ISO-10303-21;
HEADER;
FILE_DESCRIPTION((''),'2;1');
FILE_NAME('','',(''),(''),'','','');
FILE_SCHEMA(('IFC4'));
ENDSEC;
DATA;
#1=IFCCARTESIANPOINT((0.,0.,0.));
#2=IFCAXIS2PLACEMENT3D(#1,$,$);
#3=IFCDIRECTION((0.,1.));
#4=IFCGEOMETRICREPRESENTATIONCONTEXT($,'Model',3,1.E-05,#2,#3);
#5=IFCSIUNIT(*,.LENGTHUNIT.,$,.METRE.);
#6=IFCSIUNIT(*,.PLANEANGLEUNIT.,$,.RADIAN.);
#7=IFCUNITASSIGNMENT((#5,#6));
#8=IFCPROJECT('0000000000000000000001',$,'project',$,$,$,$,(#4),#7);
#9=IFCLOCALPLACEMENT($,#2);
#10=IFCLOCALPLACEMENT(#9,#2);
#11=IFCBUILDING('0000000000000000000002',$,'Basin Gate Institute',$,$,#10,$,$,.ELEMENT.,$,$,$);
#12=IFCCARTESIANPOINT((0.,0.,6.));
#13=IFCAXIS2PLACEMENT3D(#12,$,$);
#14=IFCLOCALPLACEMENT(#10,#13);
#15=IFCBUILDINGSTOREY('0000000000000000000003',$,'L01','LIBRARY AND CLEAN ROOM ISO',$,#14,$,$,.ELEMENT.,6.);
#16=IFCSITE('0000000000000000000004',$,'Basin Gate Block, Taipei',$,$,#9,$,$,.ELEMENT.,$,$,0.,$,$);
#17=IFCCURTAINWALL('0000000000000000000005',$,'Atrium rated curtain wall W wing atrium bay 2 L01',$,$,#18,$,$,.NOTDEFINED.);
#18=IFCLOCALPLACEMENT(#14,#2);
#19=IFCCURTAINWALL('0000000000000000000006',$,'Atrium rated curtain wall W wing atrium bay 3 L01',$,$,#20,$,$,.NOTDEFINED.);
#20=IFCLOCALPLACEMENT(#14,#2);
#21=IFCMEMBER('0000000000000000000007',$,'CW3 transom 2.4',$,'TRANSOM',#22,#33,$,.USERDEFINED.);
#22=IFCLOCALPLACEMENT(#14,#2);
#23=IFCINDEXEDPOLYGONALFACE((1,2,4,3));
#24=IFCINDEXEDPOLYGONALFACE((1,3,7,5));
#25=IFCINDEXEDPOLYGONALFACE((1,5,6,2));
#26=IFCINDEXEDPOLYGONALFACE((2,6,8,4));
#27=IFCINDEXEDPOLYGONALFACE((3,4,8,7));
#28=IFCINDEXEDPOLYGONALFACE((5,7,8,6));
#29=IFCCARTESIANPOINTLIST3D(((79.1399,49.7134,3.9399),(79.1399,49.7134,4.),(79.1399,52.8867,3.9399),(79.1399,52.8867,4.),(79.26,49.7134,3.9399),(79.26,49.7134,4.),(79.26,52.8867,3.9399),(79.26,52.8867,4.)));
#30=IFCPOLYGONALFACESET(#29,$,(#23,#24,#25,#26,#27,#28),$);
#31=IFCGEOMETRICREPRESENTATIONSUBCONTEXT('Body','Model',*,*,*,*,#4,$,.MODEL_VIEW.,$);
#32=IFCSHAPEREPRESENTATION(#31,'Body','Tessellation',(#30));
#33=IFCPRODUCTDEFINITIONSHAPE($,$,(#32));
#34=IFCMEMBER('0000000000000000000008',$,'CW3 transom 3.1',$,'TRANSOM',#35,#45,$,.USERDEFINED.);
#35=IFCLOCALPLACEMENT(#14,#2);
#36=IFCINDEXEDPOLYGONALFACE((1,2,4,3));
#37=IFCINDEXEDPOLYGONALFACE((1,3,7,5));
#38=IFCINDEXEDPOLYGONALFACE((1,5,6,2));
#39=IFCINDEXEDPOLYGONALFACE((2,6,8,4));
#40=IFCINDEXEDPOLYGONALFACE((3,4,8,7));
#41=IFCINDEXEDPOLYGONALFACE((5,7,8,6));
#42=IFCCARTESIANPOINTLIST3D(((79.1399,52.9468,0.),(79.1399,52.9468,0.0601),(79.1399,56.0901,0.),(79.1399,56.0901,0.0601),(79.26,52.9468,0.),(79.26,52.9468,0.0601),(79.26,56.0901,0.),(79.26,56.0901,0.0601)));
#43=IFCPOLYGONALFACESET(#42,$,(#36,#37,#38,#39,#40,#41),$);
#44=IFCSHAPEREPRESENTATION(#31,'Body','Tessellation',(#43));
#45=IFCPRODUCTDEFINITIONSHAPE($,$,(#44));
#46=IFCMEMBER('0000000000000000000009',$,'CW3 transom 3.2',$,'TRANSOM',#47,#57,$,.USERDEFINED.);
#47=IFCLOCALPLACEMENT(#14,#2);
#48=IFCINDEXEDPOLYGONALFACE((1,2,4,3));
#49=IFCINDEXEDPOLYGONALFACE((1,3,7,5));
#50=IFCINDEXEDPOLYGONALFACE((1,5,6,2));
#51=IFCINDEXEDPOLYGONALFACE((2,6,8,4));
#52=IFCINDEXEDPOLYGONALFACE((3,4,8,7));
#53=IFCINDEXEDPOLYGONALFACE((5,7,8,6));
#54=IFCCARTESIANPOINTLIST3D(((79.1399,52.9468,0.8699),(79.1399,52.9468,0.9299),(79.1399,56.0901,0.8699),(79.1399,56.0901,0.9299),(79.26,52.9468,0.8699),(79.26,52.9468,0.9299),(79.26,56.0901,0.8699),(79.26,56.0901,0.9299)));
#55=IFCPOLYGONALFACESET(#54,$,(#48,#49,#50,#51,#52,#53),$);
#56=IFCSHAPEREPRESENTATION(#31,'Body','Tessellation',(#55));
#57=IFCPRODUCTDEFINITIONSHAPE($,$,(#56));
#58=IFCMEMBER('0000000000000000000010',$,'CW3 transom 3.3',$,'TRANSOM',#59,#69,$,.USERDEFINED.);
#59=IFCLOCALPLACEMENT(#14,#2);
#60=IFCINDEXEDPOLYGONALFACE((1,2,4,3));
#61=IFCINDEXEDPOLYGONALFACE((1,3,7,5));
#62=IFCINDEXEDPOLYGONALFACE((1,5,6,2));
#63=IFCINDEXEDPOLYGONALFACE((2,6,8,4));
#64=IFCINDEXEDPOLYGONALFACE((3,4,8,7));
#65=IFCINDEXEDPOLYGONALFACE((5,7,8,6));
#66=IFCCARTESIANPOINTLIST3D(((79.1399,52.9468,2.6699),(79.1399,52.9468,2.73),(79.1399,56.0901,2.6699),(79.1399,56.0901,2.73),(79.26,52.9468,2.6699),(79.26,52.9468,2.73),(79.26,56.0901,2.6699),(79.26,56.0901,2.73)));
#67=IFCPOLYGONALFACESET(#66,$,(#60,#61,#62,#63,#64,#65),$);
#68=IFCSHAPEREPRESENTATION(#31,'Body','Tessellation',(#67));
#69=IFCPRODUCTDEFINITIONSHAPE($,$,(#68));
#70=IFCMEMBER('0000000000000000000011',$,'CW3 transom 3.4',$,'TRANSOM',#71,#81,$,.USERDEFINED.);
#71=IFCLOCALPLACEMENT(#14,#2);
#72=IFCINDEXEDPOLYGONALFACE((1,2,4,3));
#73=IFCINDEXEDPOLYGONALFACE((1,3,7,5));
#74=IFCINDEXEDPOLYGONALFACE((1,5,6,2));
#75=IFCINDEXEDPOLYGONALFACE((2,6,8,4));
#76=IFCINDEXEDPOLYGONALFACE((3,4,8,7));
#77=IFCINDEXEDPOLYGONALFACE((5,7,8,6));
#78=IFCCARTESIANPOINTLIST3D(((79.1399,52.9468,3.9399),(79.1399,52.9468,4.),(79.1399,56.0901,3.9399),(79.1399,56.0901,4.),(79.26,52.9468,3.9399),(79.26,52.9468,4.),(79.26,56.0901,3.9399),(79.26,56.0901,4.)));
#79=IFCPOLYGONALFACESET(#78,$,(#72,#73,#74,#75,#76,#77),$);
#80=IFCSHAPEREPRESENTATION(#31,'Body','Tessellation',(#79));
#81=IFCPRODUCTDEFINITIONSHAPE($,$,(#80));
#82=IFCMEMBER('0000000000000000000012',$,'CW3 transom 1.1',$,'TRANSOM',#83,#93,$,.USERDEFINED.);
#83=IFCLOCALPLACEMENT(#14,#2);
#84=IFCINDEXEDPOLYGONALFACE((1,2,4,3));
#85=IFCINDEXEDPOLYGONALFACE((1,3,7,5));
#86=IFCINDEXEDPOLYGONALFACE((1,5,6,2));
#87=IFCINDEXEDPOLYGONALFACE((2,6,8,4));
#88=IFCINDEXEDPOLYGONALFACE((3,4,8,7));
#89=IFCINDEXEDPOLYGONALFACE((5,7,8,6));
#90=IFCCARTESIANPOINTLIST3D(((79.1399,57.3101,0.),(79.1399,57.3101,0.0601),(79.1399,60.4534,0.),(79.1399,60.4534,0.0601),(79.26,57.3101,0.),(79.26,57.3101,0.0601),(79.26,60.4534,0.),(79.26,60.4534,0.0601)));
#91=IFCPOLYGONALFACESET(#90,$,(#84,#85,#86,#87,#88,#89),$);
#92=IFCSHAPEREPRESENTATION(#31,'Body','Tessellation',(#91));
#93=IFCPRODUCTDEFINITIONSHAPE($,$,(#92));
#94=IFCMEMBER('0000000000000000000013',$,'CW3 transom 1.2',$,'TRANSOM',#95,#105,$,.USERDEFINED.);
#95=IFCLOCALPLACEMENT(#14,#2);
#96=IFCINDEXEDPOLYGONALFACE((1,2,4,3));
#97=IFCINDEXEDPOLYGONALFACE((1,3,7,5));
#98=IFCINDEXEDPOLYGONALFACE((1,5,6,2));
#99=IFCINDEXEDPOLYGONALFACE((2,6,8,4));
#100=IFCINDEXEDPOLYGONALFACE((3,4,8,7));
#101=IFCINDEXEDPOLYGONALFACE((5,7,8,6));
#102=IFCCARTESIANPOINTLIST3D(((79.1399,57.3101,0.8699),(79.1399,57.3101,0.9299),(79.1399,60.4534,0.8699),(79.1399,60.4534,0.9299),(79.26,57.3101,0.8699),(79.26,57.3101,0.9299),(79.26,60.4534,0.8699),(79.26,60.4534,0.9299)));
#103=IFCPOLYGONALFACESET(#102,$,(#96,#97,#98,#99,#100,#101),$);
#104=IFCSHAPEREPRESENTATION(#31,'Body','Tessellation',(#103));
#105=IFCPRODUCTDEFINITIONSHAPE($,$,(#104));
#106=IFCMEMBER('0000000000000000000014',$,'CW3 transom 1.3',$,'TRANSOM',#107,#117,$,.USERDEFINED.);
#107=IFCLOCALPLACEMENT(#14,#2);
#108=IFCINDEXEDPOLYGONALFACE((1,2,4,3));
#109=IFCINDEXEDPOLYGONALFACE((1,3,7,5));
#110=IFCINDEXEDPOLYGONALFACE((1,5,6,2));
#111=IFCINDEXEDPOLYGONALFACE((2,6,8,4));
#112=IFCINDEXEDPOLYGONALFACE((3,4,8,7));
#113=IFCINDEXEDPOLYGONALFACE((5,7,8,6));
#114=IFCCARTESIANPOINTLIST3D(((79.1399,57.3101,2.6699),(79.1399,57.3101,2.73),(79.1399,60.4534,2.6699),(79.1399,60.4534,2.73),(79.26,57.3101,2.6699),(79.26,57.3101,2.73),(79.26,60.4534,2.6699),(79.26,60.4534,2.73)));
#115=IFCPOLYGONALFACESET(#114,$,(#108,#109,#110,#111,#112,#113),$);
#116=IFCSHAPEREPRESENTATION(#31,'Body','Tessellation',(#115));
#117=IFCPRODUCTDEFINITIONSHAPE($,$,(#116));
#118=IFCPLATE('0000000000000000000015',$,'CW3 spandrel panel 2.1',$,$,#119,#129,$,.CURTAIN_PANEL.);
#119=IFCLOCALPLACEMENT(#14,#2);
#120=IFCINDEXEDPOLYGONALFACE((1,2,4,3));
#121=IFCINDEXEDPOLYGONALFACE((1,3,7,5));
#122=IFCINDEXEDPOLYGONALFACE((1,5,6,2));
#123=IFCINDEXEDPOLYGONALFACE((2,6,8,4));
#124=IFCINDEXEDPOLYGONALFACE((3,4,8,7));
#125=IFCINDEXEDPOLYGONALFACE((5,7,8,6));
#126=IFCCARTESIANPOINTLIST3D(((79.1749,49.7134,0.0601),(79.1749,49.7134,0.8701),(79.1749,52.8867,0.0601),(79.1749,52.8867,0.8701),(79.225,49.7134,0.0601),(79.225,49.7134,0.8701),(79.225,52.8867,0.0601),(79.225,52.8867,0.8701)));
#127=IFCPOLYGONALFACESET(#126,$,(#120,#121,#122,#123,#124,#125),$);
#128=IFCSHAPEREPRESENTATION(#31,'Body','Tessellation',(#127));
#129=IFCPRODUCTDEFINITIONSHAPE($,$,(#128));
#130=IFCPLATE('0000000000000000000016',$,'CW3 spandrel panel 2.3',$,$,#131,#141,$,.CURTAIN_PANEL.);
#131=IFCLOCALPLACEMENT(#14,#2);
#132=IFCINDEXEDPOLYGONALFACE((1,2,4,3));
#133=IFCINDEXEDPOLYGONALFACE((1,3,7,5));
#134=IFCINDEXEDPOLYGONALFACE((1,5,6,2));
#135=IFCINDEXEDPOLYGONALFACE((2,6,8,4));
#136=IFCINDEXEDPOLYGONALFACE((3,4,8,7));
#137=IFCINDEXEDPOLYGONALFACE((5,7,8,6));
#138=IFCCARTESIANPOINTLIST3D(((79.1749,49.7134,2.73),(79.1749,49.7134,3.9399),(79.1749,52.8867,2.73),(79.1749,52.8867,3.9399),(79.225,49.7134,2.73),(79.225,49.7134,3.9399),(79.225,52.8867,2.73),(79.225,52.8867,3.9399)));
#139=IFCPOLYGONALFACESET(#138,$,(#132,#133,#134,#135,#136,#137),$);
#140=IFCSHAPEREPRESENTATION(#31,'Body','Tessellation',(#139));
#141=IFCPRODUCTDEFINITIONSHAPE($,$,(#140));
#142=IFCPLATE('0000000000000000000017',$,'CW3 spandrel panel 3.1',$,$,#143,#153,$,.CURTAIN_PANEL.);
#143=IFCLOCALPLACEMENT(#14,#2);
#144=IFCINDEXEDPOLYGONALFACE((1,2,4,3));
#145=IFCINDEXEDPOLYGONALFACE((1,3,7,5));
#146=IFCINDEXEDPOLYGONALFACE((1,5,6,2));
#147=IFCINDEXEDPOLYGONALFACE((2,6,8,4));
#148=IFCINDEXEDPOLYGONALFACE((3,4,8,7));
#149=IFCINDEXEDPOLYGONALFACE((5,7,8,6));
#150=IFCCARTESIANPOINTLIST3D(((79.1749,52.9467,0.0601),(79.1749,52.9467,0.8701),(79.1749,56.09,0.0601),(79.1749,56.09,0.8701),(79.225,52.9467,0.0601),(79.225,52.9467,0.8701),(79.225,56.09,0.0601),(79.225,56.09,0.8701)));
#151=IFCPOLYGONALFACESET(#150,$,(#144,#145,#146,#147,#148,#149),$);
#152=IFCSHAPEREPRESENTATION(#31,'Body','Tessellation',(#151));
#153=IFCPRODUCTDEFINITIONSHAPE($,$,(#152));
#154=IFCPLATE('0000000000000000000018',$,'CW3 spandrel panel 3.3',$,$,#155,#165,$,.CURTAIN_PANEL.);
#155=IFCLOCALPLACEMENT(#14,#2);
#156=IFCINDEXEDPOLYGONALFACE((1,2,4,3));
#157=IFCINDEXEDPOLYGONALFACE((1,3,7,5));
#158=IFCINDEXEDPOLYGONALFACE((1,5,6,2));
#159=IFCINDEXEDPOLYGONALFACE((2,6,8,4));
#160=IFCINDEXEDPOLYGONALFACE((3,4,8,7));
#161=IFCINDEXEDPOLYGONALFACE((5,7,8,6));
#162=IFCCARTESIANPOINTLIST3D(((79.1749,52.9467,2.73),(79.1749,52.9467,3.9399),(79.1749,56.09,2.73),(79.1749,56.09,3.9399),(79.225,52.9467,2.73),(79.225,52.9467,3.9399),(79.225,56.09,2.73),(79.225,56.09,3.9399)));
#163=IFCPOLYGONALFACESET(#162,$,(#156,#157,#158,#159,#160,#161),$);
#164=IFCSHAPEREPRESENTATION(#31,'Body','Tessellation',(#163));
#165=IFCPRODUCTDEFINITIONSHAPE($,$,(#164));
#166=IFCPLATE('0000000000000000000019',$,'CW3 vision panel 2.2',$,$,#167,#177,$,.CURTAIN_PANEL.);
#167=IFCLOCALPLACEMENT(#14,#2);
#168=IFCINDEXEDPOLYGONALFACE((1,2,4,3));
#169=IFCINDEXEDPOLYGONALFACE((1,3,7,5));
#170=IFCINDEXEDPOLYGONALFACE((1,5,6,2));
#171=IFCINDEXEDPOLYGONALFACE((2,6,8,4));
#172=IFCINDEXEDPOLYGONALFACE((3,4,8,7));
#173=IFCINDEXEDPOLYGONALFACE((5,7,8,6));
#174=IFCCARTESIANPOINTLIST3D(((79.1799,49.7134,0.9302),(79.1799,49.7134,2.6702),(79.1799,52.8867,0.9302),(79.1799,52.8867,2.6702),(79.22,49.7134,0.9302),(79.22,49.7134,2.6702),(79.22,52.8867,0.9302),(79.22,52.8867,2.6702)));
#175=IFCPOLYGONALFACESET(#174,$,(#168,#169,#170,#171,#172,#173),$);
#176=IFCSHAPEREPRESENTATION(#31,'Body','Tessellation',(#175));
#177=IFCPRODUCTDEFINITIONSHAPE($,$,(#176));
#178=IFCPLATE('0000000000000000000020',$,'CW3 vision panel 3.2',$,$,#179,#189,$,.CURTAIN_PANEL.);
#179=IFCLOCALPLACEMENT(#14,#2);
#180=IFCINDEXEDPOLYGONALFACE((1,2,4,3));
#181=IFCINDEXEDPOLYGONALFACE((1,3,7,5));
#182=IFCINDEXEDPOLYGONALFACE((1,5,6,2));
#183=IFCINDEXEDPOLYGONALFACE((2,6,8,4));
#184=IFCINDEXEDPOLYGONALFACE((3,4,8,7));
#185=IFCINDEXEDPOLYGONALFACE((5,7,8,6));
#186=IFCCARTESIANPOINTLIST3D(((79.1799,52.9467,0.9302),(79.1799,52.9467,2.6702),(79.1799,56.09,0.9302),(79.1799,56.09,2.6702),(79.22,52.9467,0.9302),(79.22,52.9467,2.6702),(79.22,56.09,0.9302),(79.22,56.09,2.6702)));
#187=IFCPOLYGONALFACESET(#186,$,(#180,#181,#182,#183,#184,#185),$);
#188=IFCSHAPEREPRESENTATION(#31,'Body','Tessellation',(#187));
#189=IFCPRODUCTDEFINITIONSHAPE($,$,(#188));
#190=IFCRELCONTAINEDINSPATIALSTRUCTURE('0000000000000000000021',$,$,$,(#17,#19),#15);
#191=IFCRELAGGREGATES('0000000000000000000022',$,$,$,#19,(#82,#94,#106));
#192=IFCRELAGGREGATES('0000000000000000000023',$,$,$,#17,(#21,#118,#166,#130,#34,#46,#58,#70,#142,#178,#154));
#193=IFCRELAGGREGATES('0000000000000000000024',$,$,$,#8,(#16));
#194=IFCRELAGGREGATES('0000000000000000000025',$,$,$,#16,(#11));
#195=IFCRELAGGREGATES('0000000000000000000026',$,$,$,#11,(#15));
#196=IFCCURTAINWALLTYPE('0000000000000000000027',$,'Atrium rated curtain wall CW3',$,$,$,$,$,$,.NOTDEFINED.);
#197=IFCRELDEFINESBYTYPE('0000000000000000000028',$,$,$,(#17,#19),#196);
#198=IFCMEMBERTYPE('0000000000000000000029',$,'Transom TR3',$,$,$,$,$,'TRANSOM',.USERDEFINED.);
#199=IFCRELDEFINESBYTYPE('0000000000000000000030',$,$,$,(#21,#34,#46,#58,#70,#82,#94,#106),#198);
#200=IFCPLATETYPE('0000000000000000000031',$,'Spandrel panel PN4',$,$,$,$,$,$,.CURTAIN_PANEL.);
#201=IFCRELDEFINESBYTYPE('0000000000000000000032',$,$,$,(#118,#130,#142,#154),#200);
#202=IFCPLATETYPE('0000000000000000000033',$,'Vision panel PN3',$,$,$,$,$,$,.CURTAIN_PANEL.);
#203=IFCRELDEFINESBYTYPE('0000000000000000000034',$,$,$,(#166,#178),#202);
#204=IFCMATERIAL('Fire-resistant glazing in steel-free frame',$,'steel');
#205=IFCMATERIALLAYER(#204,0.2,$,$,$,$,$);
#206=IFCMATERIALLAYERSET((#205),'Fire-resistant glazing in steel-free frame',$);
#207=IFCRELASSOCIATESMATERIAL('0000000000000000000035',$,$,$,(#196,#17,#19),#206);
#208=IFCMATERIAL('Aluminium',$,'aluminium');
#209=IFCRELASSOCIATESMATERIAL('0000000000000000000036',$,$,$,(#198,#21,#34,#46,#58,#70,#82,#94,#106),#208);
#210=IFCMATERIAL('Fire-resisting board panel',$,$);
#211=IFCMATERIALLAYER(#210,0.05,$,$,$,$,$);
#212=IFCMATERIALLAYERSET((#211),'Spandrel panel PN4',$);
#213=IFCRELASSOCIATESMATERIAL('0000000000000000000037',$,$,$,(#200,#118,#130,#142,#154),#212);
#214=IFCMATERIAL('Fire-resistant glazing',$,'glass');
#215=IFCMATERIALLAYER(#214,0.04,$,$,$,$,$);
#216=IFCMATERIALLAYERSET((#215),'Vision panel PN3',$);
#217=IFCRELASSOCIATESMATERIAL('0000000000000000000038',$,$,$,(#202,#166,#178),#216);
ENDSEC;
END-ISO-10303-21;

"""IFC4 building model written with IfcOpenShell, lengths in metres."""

from ifc_helpers import new_model, si_unit, direction, frame, origin, origin_2d, place, context, subcontext, project, spatial, rectangle, extrude, material, layer, layer_set, material_profile, profile_set, type_object, element, aggregate, save


model = new_model("IFC4")

# Units and contexts
model_context = context("Model", 3, precision=1e-05, world=origin(), true_north=direction((0.0, 1.0)))
body_context = subcontext(model_context, "Body", "Model", "MODEL_VIEW")
ifc_project = project(units=[si_unit("LENGTHUNIT", "METRE"), si_unit("PLANEANGLEUNIT", "RADIAN")], contexts=[model_context])

# Site, building, storey
site_placement = place(None, origin())
site = spatial("IfcSite", under=ifc_project, at=site_placement, Name="Basin Gate Block, Taipei", CompositionType="ELEMENT", RefElevation=0.0)
building_placement = place(site_placement, origin())
building = spatial("IfcBuilding", under=site, at=building_placement, Name="Basin Gate Institute", CompositionType="ELEMENT")
storey_placement = place(building_placement, frame((0.0, 0.0, 6.0)))
storey = spatial("IfcBuildingStorey", under=building, at=storey_placement, Name="L01", Description="LIBRARY AND CLEAN ROOM ISO", CompositionType="ELEMENT", Elevation=6.0)

# Curtain wall
ifc_material_1 = material(Name="Fire-resistant glazing in steel-free frame", Category="steel")
ifc_layer_1 = layer(ifc_material_1, 0.2)
ifc_layer_set_1 = layer_set([ifc_layer_1], Name="Fire-resistant glazing in steel-free frame")
curtain_wall_type = type_object("IfcCurtainWallType", Name="Atrium rated curtain wall CW3", PredefinedType="NOTDEFINED", material=ifc_layer_set_1)
curtain_wall_1_placement = place(storey_placement, origin())
curtain_wall_1 = element("IfcCurtainWall", 1, at=curtain_wall_1_placement, inside=storey, type_object=curtain_wall_type, material=ifc_layer_set_1, Name="Atrium rated curtain wall W wing atrium bay 2 L01", PredefinedType="NOTDEFINED")

# Curtain wall
curtain_wall_2_placement = place(storey_placement, origin())
curtain_wall_2 = element("IfcCurtainWall", 2, at=curtain_wall_2_placement, inside=storey, type_object=curtain_wall_type, material=ifc_layer_set_1, Name="Atrium rated curtain wall W wing atrium bay 3 L01", PredefinedType="NOTDEFINED")

# Members
ifc_material_2 = material(Name="Aluminium", Category="aluminium")
ifc_material_profile_1 = material_profile(ifc_material_2, rectangle(XDim=0.1201, YDim=0.0601, at=origin_2d()), Name="Transom TR3 120 x 60")
ifc_profile_set_1 = profile_set([ifc_material_profile_1], Name="Aluminium")
member_type_1 = type_object("IfcMemberType", Name="Transom TR3", ElementType="TRANSOM", PredefinedType="USERDEFINED", material=ifc_profile_set_1)
member_1_placement = place(storey_placement, frame((79.2, 49.7134, 3.97), z_axis=(0.0, 1.0, 0.0), x_axis=(-1.0, 0.0, 0.0)))
member_1 = element("IfcMember", 3, at=member_1_placement, type_object=member_type_1, material=ifc_profile_set_1, Name="CW3 transom 2.4", ObjectType="TRANSOM", PredefinedType="USERDEFINED", context=body_context, shape_type="SweptSolid", body=[
    extrude(rectangle(XDim=0.1201, YDim=0.0601, at=origin_2d()), origin(), (0.0, 0.0, 1.0), 3.1733),
])
member_2_placement = place(storey_placement, frame((79.2, 52.9468, 0.03), z_axis=(0.0, 1.0, 0.0), x_axis=(-1.0, 0.0, 0.0)))
member_2 = element("IfcMember", 4, at=member_2_placement, type_object=member_type_1, material=ifc_profile_set_1, Name="CW3 transom 3.1", ObjectType="TRANSOM", PredefinedType="USERDEFINED", context=body_context, shape_type="SweptSolid", body=[
    extrude(rectangle(XDim=0.1201, YDim=0.0601, at=origin_2d()), origin(), (0.0, 0.0, 1.0), 3.1433),
])
member_3_placement = place(storey_placement, frame((79.2, 52.9468, 0.8999), z_axis=(0.0, 1.0, 0.0), x_axis=(-1.0, 0.0, 0.0)))
member_3 = element("IfcMember", 5, at=member_3_placement, type_object=member_type_1, material=ifc_profile_set_1, Name="CW3 transom 3.2", ObjectType="TRANSOM", PredefinedType="USERDEFINED", context=body_context, shape_type="SweptSolid", body=[
    extrude(rectangle(XDim=0.1201, YDim=0.0601, at=origin_2d()), origin(), (0.0, 0.0, 1.0), 3.1433),
])
member_4_placement = place(storey_placement, frame((79.2, 52.9468, 2.7), z_axis=(0.0, 1.0, 0.0), x_axis=(-1.0, 0.0, 0.0)))
member_4 = element("IfcMember", 6, at=member_4_placement, type_object=member_type_1, material=ifc_profile_set_1, Name="CW3 transom 3.3", ObjectType="TRANSOM", PredefinedType="USERDEFINED", context=body_context, shape_type="SweptSolid", body=[
    extrude(rectangle(XDim=0.1201, YDim=0.0601, at=origin_2d()), origin(), (0.0, 0.0, 1.0), 3.1433),
])
member_5_placement = place(storey_placement, frame((79.2, 52.9468, 3.97), z_axis=(0.0, 1.0, 0.0), x_axis=(-1.0, 0.0, 0.0)))
member_5 = element("IfcMember", 7, at=member_5_placement, type_object=member_type_1, material=ifc_profile_set_1, Name="CW3 transom 3.4", ObjectType="TRANSOM", PredefinedType="USERDEFINED", context=body_context, shape_type="SweptSolid", body=[
    extrude(rectangle(XDim=0.1201, YDim=0.0601, at=origin_2d()), origin(), (0.0, 0.0, 1.0), 3.1433),
])
member_6_placement = place(storey_placement, frame((79.2, 57.3101, 0.03), z_axis=(0.0, 1.0, 0.0), x_axis=(-1.0, 0.0, 0.0)))
member_6 = element("IfcMember", 8, at=member_6_placement, type_object=member_type_1, material=ifc_profile_set_1, Name="CW3 transom 1.1", ObjectType="TRANSOM", PredefinedType="USERDEFINED", context=body_context, shape_type="SweptSolid", body=[
    extrude(rectangle(XDim=0.1201, YDim=0.0601, at=origin_2d()), origin(), (0.0, 0.0, 1.0), 3.1433),
])
member_7_placement = place(storey_placement, frame((79.2, 57.3101, 0.8999), z_axis=(0.0, 1.0, 0.0), x_axis=(-1.0, 0.0, 0.0)))
member_7 = element("IfcMember", 9, at=member_7_placement, type_object=member_type_1, material=ifc_profile_set_1, Name="CW3 transom 1.2", ObjectType="TRANSOM", PredefinedType="USERDEFINED", context=body_context, shape_type="SweptSolid", body=[
    extrude(rectangle(XDim=0.1201, YDim=0.0601, at=origin_2d()), origin(), (0.0, 0.0, 1.0), 3.1433),
])
member_8_placement = place(storey_placement, frame((79.2, 57.3101, 2.7), z_axis=(0.0, 1.0, 0.0), x_axis=(-1.0, 0.0, 0.0)))
member_8 = element("IfcMember", 10, at=member_8_placement, type_object=member_type_1, material=ifc_profile_set_1, Name="CW3 transom 1.3", ObjectType="TRANSOM", PredefinedType="USERDEFINED", context=body_context, shape_type="SweptSolid", body=[
    extrude(rectangle(XDim=0.1201, YDim=0.0601, at=origin_2d()), origin(), (0.0, 0.0, 1.0), 3.1433),
])
aggregate(curtain_wall_2, [member_6, member_7, member_8])

# Plates
ifc_material_3 = material(Name="Fire-resisting board panel")
ifc_layer_2 = layer(ifc_material_3, 0.05)
ifc_layer_set_2 = layer_set([ifc_layer_2], Name="Spandrel panel PN4")
plate_type_1 = type_object("IfcPlateType", Name="Spandrel panel PN4", PredefinedType="CURTAIN_PANEL", material=ifc_layer_set_2)
plate_1_placement = place(storey_placement, frame((79.2, 51.3, 0.0601), z_axis=(0.0, 0.0, 1.0), x_axis=(0.0, 1.0, 0.0)))
plate_1 = element("IfcPlate", 11, at=plate_1_placement, type_object=plate_type_1, material=ifc_layer_set_2, Name="CW3 spandrel panel 2.1", PredefinedType="CURTAIN_PANEL", context=body_context, shape_type="SweptSolid", body=[
    extrude(rectangle(XDim=3.1733, YDim=0.05, at=origin_2d()), origin(), (0.0, 0.0, 1.0), 0.8101),
])
plate_2_placement = place(storey_placement, frame((79.2, 51.3, 2.73), z_axis=(0.0, 0.0, 1.0), x_axis=(0.0, 1.0, 0.0)))
plate_2 = element("IfcPlate", 12, at=plate_2_placement, type_object=plate_type_1, material=ifc_layer_set_2, Name="CW3 spandrel panel 2.3", PredefinedType="CURTAIN_PANEL", context=body_context, shape_type="SweptSolid", body=[
    extrude(rectangle(XDim=3.1733, YDim=0.05, at=origin_2d()), origin(), (0.0, 0.0, 1.0), 1.21),
])
plate_3_placement = place(storey_placement, frame((79.2, 54.5183, 0.0601), z_axis=(0.0, 0.0, 1.0), x_axis=(0.0, 1.0, 0.0)))
plate_3 = element("IfcPlate", 13, at=plate_3_placement, type_object=plate_type_1, material=ifc_layer_set_2, Name="CW3 spandrel panel 3.1", PredefinedType="CURTAIN_PANEL", context=body_context, shape_type="SweptSolid", body=[
    extrude(rectangle(XDim=3.1433, YDim=0.05, at=origin_2d()), origin(), (0.0, 0.0, 1.0), 0.8101),
])
plate_4_placement = place(storey_placement, frame((79.2, 54.5183, 2.73), z_axis=(0.0, 0.0, 1.0), x_axis=(0.0, 1.0, 0.0)))
plate_4 = element("IfcPlate", 14, at=plate_4_placement, type_object=plate_type_1, material=ifc_layer_set_2, Name="CW3 spandrel panel 3.3", PredefinedType="CURTAIN_PANEL", context=body_context, shape_type="SweptSolid", body=[
    extrude(rectangle(XDim=3.1433, YDim=0.05, at=origin_2d()), origin(), (0.0, 0.0, 1.0), 1.21),
])
ifc_material_4 = material(Name="Fire-resistant glazing", Category="glass")
ifc_layer_3 = layer(ifc_material_4, 0.04)
ifc_layer_set_3 = layer_set([ifc_layer_3], Name="Vision panel PN3")
plate_type_2 = type_object("IfcPlateType", Name="Vision panel PN3", PredefinedType="CURTAIN_PANEL", material=ifc_layer_set_3)
plate_5_placement = place(storey_placement, frame((79.2, 51.3, 0.9302), z_axis=(0.0, 0.0, 1.0), x_axis=(0.0, 1.0, 0.0)))
plate_5 = element("IfcPlate", 15, at=plate_5_placement, type_object=plate_type_2, material=ifc_layer_set_3, Name="CW3 vision panel 2.2", PredefinedType="CURTAIN_PANEL", context=body_context, shape_type="SweptSolid", body=[
    extrude(rectangle(XDim=3.1733, YDim=0.04, at=origin_2d()), origin(), (0.0, 0.0, 1.0), 1.74),
])
plate_6_placement = place(storey_placement, frame((79.2, 54.5183, 0.9302), z_axis=(0.0, 0.0, 1.0), x_axis=(0.0, 1.0, 0.0)))
plate_6 = element("IfcPlate", 16, at=plate_6_placement, type_object=plate_type_2, material=ifc_layer_set_3, Name="CW3 vision panel 3.2", PredefinedType="CURTAIN_PANEL", context=body_context, shape_type="SweptSolid", body=[
    extrude(rectangle(XDim=3.1433, YDim=0.04, at=origin_2d()), origin(), (0.0, 0.0, 1.0), 1.74),
])
aggregate(curtain_wall_1, [member_1, plate_1, plate_5, plate_2, member_2, member_3, member_4, member_5, plate_3, plate_6, plate_4])

save(model, "model.ifc")
